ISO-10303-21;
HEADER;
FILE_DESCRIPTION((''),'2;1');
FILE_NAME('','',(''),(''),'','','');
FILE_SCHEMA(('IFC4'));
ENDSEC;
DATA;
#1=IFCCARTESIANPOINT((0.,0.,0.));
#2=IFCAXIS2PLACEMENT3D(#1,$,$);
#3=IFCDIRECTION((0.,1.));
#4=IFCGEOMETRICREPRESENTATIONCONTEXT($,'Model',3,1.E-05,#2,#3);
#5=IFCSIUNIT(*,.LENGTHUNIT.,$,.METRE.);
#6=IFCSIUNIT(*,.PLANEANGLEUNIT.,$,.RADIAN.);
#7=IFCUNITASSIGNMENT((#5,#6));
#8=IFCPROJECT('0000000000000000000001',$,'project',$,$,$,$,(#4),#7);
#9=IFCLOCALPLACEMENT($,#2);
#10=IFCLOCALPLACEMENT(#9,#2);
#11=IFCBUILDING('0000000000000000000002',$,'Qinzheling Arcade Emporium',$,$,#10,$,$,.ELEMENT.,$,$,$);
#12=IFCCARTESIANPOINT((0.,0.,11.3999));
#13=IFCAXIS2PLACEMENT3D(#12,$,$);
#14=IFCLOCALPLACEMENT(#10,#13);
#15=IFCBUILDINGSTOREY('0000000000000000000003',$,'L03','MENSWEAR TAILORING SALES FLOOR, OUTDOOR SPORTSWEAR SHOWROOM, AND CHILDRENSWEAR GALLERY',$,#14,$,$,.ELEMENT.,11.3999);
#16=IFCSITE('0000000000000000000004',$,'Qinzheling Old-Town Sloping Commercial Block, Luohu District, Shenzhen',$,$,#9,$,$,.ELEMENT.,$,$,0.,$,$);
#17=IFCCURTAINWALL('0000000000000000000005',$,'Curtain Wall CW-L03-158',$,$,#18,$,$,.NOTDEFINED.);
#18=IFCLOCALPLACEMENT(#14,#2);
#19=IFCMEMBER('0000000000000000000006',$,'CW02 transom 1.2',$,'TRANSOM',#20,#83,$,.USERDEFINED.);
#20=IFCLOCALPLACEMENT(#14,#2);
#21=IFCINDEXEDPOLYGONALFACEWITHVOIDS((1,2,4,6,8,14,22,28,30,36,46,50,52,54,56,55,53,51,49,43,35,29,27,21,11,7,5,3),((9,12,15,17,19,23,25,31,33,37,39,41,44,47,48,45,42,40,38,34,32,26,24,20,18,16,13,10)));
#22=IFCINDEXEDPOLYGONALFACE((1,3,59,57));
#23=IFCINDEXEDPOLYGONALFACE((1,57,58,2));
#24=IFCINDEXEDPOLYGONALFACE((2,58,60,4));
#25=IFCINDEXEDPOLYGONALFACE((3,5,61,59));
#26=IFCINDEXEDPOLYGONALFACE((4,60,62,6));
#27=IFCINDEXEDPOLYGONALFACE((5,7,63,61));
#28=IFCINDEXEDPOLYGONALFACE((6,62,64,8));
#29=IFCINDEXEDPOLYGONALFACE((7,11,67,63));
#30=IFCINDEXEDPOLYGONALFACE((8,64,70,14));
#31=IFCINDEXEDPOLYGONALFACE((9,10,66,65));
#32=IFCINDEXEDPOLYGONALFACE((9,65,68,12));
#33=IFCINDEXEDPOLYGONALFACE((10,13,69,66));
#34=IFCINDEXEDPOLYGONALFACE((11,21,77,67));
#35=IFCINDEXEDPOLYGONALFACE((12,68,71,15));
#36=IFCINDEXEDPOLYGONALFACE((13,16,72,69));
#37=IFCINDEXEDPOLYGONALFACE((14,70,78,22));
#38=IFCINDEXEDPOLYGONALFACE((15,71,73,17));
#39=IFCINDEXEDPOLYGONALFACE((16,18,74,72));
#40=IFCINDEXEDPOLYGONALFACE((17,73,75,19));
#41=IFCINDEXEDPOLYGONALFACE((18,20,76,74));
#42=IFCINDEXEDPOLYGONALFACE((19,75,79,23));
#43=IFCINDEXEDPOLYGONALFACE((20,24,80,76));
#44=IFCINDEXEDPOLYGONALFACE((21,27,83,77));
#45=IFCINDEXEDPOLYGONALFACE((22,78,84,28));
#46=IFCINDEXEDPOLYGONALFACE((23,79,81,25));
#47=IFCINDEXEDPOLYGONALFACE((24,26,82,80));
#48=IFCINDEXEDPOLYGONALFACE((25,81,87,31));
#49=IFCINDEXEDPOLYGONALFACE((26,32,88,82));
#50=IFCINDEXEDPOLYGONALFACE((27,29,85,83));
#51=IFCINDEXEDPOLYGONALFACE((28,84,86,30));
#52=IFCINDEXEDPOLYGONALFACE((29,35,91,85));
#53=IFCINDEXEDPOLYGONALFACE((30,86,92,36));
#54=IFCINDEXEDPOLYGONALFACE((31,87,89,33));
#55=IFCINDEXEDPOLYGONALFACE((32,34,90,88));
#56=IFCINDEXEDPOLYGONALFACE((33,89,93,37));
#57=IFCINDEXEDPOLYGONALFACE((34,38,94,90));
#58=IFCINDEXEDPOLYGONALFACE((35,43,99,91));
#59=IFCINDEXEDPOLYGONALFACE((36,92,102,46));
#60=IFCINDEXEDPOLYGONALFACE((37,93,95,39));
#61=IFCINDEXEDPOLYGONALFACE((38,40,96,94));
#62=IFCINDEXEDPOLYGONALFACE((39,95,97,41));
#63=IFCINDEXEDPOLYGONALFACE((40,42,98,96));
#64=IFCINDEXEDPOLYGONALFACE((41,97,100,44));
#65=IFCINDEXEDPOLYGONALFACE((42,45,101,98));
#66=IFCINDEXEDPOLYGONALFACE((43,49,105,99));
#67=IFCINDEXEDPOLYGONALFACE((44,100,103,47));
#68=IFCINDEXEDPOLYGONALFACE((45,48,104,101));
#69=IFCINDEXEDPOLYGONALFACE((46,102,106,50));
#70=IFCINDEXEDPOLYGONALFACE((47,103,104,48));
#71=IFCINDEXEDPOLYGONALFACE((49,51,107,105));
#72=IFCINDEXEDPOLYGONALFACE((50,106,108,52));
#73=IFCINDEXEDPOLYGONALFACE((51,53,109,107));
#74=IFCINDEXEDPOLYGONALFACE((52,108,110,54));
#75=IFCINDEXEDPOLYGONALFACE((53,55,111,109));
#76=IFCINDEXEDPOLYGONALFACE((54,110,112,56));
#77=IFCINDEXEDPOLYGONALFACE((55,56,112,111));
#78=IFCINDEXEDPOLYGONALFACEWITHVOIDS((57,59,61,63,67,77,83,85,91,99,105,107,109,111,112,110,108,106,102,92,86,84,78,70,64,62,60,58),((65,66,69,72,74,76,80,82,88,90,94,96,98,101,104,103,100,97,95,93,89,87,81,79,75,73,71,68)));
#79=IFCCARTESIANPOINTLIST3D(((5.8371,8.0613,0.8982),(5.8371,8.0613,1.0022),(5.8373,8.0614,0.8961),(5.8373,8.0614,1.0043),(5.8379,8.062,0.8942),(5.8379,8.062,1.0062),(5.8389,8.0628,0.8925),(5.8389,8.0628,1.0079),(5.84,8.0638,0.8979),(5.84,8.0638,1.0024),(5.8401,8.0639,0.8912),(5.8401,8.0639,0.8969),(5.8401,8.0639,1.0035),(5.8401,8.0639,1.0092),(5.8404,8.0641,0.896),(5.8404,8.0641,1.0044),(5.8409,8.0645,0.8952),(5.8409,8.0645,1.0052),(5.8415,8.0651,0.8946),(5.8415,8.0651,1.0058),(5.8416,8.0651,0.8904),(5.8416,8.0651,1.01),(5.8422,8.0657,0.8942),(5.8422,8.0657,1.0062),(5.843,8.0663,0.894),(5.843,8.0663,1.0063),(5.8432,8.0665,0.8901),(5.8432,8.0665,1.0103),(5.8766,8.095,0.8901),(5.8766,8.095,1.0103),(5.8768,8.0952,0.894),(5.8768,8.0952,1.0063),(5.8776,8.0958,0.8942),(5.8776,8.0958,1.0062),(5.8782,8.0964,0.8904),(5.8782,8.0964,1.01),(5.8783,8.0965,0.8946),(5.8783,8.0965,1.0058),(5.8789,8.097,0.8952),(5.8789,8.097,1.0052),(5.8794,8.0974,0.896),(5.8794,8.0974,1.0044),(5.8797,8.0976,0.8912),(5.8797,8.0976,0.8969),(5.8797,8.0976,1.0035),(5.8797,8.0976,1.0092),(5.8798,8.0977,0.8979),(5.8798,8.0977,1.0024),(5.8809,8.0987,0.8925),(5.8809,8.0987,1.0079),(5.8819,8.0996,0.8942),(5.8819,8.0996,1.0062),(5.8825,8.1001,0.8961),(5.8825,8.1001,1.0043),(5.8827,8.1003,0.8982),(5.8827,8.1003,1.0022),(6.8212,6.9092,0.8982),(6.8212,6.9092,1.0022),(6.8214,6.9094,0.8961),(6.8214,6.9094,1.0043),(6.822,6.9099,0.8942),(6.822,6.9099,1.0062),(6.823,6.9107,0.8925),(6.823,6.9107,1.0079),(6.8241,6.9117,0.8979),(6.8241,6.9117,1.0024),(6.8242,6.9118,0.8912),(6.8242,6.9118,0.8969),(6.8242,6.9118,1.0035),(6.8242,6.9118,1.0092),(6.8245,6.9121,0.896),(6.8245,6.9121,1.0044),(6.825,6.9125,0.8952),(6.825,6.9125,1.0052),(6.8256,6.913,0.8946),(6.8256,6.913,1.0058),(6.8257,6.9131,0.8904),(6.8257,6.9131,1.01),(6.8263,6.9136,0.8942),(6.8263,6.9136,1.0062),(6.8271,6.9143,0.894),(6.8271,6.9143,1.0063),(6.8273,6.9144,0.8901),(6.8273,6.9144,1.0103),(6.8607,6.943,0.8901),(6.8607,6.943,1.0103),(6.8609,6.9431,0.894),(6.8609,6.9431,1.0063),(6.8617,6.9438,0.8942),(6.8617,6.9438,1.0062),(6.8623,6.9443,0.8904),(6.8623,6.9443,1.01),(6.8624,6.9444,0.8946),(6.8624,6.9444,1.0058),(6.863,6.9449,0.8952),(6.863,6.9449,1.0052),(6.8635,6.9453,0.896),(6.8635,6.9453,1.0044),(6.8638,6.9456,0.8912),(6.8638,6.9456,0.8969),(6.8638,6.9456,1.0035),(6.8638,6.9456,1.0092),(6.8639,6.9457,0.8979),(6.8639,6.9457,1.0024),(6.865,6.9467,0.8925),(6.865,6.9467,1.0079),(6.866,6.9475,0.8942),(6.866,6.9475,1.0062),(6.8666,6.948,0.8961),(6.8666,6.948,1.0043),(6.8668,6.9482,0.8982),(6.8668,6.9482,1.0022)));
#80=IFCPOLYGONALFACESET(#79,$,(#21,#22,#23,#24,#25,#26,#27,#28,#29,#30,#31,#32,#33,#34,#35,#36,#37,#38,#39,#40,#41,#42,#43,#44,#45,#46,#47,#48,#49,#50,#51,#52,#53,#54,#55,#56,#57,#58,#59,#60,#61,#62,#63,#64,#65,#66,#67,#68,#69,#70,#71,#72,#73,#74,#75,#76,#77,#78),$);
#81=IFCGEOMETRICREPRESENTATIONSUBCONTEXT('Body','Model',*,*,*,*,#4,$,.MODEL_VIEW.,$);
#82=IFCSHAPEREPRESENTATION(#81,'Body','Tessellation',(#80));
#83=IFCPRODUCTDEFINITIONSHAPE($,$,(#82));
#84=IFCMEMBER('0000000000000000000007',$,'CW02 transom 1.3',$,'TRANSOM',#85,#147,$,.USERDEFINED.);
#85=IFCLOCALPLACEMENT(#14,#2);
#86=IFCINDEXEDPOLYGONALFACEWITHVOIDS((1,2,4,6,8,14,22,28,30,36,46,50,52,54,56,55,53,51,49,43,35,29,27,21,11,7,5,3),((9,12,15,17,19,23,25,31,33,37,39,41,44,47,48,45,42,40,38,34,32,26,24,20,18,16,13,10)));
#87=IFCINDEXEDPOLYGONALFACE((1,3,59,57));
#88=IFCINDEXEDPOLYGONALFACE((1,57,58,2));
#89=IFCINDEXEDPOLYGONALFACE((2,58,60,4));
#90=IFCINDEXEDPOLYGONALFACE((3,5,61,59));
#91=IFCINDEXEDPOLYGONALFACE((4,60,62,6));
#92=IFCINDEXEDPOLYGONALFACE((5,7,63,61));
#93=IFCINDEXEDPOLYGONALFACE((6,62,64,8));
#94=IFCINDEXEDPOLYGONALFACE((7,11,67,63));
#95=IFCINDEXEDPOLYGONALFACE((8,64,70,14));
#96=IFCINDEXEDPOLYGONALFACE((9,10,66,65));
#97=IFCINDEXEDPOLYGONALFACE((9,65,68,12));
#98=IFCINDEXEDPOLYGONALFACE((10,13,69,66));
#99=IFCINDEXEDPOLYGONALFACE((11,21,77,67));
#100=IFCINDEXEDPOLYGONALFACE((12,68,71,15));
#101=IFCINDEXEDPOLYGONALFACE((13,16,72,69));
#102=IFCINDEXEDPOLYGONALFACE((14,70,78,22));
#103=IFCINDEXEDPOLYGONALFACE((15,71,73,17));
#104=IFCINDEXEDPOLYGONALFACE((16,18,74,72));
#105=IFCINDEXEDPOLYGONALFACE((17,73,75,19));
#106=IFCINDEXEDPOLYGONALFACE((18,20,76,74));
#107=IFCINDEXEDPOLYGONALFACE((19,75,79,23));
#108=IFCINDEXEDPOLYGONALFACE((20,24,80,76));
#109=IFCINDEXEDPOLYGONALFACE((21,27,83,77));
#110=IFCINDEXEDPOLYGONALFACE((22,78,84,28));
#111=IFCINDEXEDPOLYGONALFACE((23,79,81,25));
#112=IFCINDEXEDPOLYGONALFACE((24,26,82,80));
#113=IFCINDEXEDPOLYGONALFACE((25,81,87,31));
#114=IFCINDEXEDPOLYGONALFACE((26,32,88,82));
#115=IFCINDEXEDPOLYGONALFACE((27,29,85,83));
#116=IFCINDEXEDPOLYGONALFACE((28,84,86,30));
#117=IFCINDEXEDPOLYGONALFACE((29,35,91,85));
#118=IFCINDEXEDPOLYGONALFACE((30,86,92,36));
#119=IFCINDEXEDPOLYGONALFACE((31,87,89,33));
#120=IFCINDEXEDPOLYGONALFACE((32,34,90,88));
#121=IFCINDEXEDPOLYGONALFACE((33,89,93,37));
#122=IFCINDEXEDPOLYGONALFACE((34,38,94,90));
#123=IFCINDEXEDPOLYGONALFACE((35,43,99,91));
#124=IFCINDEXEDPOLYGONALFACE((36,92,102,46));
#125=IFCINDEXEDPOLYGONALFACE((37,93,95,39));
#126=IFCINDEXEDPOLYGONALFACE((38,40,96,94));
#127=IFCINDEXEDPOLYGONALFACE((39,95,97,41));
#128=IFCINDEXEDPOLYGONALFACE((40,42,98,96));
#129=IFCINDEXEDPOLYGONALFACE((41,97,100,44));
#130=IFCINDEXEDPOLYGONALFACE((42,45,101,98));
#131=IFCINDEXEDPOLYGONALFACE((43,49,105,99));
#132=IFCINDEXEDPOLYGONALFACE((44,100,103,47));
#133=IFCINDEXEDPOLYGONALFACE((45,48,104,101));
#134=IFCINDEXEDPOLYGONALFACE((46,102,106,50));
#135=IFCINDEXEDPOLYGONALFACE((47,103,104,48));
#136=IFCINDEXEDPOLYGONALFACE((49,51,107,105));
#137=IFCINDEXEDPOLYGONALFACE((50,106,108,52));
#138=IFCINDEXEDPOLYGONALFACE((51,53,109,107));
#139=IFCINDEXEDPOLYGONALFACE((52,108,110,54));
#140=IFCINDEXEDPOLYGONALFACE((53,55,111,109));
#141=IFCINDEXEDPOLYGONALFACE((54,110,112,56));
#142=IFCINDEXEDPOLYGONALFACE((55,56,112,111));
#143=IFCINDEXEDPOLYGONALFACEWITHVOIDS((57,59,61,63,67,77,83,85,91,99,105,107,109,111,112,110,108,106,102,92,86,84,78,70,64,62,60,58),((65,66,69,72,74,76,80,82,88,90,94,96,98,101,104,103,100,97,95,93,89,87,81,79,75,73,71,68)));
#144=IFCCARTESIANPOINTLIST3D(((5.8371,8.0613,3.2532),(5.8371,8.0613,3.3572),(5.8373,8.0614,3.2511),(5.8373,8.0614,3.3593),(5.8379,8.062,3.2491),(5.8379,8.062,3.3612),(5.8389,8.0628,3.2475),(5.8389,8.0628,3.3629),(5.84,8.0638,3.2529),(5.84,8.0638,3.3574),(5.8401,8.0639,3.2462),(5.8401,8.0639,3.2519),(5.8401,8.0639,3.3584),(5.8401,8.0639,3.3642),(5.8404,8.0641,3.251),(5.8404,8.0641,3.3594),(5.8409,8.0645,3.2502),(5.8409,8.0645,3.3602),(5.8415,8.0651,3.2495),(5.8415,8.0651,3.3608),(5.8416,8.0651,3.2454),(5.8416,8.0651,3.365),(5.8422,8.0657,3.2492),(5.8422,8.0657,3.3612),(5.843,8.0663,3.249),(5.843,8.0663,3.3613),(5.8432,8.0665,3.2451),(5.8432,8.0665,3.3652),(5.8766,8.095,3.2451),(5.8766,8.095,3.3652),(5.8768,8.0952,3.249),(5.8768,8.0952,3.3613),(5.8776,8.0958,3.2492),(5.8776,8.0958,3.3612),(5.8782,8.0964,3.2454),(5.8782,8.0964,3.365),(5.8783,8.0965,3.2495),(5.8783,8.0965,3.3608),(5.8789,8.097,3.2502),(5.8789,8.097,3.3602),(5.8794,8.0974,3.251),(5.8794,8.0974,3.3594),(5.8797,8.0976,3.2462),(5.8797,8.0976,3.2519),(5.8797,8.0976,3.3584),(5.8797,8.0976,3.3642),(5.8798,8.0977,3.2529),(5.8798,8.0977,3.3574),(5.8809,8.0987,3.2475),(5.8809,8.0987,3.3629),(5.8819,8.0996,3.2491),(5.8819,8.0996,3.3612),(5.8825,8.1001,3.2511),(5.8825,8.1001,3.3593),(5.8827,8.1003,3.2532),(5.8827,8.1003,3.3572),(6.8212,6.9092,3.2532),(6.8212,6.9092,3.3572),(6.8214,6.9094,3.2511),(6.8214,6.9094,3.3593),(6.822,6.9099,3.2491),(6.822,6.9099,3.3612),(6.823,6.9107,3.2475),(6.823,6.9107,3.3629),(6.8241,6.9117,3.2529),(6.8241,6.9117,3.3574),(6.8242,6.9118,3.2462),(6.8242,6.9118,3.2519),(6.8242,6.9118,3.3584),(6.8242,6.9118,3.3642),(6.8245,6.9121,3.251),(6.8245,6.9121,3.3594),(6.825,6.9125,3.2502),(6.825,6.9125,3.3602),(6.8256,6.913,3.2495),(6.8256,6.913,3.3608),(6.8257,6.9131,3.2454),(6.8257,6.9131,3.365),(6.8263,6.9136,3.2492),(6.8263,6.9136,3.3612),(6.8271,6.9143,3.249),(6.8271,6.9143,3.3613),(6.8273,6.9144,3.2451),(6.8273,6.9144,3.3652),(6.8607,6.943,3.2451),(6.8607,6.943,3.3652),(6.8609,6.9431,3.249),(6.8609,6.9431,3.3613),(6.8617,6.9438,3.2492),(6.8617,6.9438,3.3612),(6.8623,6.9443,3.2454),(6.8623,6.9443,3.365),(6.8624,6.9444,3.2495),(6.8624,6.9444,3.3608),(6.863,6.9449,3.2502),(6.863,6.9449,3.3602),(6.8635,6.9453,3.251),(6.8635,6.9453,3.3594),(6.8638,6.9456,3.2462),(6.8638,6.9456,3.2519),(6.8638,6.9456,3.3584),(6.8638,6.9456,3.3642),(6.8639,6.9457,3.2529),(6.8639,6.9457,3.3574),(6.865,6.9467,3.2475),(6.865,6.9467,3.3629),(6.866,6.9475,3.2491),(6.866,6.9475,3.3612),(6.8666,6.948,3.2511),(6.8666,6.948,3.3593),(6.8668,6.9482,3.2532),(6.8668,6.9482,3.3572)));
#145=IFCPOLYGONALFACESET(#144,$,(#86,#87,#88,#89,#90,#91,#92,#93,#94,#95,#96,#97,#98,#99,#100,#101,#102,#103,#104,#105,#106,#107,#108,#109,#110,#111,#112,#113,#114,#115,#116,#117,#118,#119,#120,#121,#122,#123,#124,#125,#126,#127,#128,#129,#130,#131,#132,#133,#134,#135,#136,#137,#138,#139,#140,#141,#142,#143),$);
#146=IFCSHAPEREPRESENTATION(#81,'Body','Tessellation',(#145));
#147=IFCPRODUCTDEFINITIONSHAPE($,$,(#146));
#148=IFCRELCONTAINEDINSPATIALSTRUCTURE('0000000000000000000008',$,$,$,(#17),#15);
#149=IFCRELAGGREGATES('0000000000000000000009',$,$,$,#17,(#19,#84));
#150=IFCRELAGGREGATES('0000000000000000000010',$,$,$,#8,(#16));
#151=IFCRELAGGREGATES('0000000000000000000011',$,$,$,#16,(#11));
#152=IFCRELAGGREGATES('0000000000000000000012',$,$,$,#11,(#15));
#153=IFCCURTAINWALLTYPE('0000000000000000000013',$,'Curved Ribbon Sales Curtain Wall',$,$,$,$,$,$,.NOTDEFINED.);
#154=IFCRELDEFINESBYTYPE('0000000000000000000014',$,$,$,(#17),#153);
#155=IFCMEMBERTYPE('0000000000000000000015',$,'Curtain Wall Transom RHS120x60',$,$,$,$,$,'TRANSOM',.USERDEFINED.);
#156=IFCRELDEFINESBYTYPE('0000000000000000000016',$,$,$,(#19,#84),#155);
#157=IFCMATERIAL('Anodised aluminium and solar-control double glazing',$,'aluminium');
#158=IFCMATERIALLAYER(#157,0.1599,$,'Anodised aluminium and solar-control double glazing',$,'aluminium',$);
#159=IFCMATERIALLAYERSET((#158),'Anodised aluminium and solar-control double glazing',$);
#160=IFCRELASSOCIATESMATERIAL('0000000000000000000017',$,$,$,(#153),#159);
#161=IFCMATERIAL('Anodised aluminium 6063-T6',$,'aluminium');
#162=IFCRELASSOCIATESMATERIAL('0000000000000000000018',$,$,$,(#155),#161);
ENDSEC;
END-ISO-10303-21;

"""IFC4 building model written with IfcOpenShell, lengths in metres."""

from ifc_helpers import new_model, si_unit, direction, frame, origin, origin_2d, place, context, subcontext, project, spatial, hollow_rectangle, extrude, material, layer, layer_set, material_profile, profile_set, type_object, element, aggregate, save


model = new_model("IFC4")

# Units and contexts
model_context = context("Model", 3, precision=1e-05, world=origin(), true_north=direction((0.0, 1.0)))
body_context = subcontext(model_context, "Body", "Model", "MODEL_VIEW")
ifc_project = project(units=[si_unit("LENGTHUNIT", "METRE"), si_unit("PLANEANGLEUNIT", "RADIAN")], contexts=[model_context])

# Site, building, storey
site_placement = place(None, origin())
site = spatial("IfcSite", under=ifc_project, at=site_placement, Name="Qinzheling Old-Town Sloping Commercial Block, Luohu District, Shenzhen", CompositionType="ELEMENT", RefElevation=0.0)
building_placement = place(site_placement, origin())
building = spatial("IfcBuilding", under=site, at=building_placement, Name="Qinzheling Arcade Emporium", CompositionType="ELEMENT")
storey_placement = place(building_placement, frame((0.0, 0.0, 11.3999)))
storey = spatial("IfcBuildingStorey", under=building, at=storey_placement, Name="L03", Description="MENSWEAR TAILORING SALES FLOOR, OUTDOOR SPORTSWEAR SHOWROOM, AND CHILDRENSWEAR GALLERY", CompositionType="ELEMENT", Elevation=11.3999)

# Curtain wall
ifc_material_1 = material(Name="Anodised aluminium and solar-control double glazing", Category="aluminium")
ifc_layer_1 = layer(ifc_material_1, 0.1599, Name="Anodised aluminium and solar-control double glazing", Category="aluminium")
ifc_layer_set_1 = layer_set([ifc_layer_1], Name="Anodised aluminium and solar-control double glazing")
curtain_wall_type = type_object("IfcCurtainWallType", Name="Curved Ribbon Sales Curtain Wall", PredefinedType="NOTDEFINED", material=ifc_layer_set_1)
curtain_wall_1_placement = place(storey_placement, origin())
curtain_wall_1 = element("IfcCurtainWall", 1, at=curtain_wall_1_placement, inside=storey, type_object=curtain_wall_type, Name="Curtain Wall CW-L03-158", PredefinedType="NOTDEFINED")
ifc_material_2 = material(Name="Anodised aluminium 6063-T6", Category="aluminium")

# Members
ifc_material_profile_1 = material_profile(ifc_material_2, hollow_rectangle(XDim=0.0601, YDim=0.1201, WallThickness=0.0039, InnerFilletRadius=0.0039, OuterFilletRadius=0.0081, at=origin_2d()), Name="RHS 120x60x4", Category="aluminium")
ifc_profile_set_1 = profile_set([ifc_material_profile_1], Name="Anodised aluminium 6063-T6")
member_type_1 = type_object("IfcMemberType", Name="Curtain Wall Transom RHS120x60", ElementType="TRANSOM", PredefinedType="USERDEFINED", material=ifc_profile_set_1)
member_1_placement = place(storey_placement, frame((6.844, 6.9287, 0.9502), z_axis=(-0.649503, 0.760359, 0.0), x_axis=(-0.760359, -0.649503, 0.0)))
member_1 = element("IfcMember", 2, at=member_1_placement, type_object=member_type_1, Name="CW02 transom 1.2", ObjectType="TRANSOM", PredefinedType="USERDEFINED", context=body_context, shape_type="SweptSolid", body=[
    extrude(hollow_rectangle(XDim=0.0601, YDim=0.1201, WallThickness=0.0039, InnerFilletRadius=0.0039, OuterFilletRadius=0.0081, at=origin_2d()), origin(), (0.0, 0.0, 1.0), 1.5151),
])
member_2_placement = place(storey_placement, frame((6.844, 6.9287, 3.3052), z_axis=(-0.649503, 0.760359, 0.0), x_axis=(-0.760359, -0.649503, 0.0)))
member_2 = element("IfcMember", 3, at=member_2_placement, type_object=member_type_1, Name="CW02 transom 1.3", ObjectType="TRANSOM", PredefinedType="USERDEFINED", context=body_context, shape_type="SweptSolid", body=[
    extrude(hollow_rectangle(XDim=0.0601, YDim=0.1201, WallThickness=0.0039, InnerFilletRadius=0.0039, OuterFilletRadius=0.0081, at=origin_2d()), origin(), (0.0, 0.0, 1.0), 1.5151),
])

aggregate(curtain_wall_1, [member_1, member_2])

save(model, "model.ifc")
